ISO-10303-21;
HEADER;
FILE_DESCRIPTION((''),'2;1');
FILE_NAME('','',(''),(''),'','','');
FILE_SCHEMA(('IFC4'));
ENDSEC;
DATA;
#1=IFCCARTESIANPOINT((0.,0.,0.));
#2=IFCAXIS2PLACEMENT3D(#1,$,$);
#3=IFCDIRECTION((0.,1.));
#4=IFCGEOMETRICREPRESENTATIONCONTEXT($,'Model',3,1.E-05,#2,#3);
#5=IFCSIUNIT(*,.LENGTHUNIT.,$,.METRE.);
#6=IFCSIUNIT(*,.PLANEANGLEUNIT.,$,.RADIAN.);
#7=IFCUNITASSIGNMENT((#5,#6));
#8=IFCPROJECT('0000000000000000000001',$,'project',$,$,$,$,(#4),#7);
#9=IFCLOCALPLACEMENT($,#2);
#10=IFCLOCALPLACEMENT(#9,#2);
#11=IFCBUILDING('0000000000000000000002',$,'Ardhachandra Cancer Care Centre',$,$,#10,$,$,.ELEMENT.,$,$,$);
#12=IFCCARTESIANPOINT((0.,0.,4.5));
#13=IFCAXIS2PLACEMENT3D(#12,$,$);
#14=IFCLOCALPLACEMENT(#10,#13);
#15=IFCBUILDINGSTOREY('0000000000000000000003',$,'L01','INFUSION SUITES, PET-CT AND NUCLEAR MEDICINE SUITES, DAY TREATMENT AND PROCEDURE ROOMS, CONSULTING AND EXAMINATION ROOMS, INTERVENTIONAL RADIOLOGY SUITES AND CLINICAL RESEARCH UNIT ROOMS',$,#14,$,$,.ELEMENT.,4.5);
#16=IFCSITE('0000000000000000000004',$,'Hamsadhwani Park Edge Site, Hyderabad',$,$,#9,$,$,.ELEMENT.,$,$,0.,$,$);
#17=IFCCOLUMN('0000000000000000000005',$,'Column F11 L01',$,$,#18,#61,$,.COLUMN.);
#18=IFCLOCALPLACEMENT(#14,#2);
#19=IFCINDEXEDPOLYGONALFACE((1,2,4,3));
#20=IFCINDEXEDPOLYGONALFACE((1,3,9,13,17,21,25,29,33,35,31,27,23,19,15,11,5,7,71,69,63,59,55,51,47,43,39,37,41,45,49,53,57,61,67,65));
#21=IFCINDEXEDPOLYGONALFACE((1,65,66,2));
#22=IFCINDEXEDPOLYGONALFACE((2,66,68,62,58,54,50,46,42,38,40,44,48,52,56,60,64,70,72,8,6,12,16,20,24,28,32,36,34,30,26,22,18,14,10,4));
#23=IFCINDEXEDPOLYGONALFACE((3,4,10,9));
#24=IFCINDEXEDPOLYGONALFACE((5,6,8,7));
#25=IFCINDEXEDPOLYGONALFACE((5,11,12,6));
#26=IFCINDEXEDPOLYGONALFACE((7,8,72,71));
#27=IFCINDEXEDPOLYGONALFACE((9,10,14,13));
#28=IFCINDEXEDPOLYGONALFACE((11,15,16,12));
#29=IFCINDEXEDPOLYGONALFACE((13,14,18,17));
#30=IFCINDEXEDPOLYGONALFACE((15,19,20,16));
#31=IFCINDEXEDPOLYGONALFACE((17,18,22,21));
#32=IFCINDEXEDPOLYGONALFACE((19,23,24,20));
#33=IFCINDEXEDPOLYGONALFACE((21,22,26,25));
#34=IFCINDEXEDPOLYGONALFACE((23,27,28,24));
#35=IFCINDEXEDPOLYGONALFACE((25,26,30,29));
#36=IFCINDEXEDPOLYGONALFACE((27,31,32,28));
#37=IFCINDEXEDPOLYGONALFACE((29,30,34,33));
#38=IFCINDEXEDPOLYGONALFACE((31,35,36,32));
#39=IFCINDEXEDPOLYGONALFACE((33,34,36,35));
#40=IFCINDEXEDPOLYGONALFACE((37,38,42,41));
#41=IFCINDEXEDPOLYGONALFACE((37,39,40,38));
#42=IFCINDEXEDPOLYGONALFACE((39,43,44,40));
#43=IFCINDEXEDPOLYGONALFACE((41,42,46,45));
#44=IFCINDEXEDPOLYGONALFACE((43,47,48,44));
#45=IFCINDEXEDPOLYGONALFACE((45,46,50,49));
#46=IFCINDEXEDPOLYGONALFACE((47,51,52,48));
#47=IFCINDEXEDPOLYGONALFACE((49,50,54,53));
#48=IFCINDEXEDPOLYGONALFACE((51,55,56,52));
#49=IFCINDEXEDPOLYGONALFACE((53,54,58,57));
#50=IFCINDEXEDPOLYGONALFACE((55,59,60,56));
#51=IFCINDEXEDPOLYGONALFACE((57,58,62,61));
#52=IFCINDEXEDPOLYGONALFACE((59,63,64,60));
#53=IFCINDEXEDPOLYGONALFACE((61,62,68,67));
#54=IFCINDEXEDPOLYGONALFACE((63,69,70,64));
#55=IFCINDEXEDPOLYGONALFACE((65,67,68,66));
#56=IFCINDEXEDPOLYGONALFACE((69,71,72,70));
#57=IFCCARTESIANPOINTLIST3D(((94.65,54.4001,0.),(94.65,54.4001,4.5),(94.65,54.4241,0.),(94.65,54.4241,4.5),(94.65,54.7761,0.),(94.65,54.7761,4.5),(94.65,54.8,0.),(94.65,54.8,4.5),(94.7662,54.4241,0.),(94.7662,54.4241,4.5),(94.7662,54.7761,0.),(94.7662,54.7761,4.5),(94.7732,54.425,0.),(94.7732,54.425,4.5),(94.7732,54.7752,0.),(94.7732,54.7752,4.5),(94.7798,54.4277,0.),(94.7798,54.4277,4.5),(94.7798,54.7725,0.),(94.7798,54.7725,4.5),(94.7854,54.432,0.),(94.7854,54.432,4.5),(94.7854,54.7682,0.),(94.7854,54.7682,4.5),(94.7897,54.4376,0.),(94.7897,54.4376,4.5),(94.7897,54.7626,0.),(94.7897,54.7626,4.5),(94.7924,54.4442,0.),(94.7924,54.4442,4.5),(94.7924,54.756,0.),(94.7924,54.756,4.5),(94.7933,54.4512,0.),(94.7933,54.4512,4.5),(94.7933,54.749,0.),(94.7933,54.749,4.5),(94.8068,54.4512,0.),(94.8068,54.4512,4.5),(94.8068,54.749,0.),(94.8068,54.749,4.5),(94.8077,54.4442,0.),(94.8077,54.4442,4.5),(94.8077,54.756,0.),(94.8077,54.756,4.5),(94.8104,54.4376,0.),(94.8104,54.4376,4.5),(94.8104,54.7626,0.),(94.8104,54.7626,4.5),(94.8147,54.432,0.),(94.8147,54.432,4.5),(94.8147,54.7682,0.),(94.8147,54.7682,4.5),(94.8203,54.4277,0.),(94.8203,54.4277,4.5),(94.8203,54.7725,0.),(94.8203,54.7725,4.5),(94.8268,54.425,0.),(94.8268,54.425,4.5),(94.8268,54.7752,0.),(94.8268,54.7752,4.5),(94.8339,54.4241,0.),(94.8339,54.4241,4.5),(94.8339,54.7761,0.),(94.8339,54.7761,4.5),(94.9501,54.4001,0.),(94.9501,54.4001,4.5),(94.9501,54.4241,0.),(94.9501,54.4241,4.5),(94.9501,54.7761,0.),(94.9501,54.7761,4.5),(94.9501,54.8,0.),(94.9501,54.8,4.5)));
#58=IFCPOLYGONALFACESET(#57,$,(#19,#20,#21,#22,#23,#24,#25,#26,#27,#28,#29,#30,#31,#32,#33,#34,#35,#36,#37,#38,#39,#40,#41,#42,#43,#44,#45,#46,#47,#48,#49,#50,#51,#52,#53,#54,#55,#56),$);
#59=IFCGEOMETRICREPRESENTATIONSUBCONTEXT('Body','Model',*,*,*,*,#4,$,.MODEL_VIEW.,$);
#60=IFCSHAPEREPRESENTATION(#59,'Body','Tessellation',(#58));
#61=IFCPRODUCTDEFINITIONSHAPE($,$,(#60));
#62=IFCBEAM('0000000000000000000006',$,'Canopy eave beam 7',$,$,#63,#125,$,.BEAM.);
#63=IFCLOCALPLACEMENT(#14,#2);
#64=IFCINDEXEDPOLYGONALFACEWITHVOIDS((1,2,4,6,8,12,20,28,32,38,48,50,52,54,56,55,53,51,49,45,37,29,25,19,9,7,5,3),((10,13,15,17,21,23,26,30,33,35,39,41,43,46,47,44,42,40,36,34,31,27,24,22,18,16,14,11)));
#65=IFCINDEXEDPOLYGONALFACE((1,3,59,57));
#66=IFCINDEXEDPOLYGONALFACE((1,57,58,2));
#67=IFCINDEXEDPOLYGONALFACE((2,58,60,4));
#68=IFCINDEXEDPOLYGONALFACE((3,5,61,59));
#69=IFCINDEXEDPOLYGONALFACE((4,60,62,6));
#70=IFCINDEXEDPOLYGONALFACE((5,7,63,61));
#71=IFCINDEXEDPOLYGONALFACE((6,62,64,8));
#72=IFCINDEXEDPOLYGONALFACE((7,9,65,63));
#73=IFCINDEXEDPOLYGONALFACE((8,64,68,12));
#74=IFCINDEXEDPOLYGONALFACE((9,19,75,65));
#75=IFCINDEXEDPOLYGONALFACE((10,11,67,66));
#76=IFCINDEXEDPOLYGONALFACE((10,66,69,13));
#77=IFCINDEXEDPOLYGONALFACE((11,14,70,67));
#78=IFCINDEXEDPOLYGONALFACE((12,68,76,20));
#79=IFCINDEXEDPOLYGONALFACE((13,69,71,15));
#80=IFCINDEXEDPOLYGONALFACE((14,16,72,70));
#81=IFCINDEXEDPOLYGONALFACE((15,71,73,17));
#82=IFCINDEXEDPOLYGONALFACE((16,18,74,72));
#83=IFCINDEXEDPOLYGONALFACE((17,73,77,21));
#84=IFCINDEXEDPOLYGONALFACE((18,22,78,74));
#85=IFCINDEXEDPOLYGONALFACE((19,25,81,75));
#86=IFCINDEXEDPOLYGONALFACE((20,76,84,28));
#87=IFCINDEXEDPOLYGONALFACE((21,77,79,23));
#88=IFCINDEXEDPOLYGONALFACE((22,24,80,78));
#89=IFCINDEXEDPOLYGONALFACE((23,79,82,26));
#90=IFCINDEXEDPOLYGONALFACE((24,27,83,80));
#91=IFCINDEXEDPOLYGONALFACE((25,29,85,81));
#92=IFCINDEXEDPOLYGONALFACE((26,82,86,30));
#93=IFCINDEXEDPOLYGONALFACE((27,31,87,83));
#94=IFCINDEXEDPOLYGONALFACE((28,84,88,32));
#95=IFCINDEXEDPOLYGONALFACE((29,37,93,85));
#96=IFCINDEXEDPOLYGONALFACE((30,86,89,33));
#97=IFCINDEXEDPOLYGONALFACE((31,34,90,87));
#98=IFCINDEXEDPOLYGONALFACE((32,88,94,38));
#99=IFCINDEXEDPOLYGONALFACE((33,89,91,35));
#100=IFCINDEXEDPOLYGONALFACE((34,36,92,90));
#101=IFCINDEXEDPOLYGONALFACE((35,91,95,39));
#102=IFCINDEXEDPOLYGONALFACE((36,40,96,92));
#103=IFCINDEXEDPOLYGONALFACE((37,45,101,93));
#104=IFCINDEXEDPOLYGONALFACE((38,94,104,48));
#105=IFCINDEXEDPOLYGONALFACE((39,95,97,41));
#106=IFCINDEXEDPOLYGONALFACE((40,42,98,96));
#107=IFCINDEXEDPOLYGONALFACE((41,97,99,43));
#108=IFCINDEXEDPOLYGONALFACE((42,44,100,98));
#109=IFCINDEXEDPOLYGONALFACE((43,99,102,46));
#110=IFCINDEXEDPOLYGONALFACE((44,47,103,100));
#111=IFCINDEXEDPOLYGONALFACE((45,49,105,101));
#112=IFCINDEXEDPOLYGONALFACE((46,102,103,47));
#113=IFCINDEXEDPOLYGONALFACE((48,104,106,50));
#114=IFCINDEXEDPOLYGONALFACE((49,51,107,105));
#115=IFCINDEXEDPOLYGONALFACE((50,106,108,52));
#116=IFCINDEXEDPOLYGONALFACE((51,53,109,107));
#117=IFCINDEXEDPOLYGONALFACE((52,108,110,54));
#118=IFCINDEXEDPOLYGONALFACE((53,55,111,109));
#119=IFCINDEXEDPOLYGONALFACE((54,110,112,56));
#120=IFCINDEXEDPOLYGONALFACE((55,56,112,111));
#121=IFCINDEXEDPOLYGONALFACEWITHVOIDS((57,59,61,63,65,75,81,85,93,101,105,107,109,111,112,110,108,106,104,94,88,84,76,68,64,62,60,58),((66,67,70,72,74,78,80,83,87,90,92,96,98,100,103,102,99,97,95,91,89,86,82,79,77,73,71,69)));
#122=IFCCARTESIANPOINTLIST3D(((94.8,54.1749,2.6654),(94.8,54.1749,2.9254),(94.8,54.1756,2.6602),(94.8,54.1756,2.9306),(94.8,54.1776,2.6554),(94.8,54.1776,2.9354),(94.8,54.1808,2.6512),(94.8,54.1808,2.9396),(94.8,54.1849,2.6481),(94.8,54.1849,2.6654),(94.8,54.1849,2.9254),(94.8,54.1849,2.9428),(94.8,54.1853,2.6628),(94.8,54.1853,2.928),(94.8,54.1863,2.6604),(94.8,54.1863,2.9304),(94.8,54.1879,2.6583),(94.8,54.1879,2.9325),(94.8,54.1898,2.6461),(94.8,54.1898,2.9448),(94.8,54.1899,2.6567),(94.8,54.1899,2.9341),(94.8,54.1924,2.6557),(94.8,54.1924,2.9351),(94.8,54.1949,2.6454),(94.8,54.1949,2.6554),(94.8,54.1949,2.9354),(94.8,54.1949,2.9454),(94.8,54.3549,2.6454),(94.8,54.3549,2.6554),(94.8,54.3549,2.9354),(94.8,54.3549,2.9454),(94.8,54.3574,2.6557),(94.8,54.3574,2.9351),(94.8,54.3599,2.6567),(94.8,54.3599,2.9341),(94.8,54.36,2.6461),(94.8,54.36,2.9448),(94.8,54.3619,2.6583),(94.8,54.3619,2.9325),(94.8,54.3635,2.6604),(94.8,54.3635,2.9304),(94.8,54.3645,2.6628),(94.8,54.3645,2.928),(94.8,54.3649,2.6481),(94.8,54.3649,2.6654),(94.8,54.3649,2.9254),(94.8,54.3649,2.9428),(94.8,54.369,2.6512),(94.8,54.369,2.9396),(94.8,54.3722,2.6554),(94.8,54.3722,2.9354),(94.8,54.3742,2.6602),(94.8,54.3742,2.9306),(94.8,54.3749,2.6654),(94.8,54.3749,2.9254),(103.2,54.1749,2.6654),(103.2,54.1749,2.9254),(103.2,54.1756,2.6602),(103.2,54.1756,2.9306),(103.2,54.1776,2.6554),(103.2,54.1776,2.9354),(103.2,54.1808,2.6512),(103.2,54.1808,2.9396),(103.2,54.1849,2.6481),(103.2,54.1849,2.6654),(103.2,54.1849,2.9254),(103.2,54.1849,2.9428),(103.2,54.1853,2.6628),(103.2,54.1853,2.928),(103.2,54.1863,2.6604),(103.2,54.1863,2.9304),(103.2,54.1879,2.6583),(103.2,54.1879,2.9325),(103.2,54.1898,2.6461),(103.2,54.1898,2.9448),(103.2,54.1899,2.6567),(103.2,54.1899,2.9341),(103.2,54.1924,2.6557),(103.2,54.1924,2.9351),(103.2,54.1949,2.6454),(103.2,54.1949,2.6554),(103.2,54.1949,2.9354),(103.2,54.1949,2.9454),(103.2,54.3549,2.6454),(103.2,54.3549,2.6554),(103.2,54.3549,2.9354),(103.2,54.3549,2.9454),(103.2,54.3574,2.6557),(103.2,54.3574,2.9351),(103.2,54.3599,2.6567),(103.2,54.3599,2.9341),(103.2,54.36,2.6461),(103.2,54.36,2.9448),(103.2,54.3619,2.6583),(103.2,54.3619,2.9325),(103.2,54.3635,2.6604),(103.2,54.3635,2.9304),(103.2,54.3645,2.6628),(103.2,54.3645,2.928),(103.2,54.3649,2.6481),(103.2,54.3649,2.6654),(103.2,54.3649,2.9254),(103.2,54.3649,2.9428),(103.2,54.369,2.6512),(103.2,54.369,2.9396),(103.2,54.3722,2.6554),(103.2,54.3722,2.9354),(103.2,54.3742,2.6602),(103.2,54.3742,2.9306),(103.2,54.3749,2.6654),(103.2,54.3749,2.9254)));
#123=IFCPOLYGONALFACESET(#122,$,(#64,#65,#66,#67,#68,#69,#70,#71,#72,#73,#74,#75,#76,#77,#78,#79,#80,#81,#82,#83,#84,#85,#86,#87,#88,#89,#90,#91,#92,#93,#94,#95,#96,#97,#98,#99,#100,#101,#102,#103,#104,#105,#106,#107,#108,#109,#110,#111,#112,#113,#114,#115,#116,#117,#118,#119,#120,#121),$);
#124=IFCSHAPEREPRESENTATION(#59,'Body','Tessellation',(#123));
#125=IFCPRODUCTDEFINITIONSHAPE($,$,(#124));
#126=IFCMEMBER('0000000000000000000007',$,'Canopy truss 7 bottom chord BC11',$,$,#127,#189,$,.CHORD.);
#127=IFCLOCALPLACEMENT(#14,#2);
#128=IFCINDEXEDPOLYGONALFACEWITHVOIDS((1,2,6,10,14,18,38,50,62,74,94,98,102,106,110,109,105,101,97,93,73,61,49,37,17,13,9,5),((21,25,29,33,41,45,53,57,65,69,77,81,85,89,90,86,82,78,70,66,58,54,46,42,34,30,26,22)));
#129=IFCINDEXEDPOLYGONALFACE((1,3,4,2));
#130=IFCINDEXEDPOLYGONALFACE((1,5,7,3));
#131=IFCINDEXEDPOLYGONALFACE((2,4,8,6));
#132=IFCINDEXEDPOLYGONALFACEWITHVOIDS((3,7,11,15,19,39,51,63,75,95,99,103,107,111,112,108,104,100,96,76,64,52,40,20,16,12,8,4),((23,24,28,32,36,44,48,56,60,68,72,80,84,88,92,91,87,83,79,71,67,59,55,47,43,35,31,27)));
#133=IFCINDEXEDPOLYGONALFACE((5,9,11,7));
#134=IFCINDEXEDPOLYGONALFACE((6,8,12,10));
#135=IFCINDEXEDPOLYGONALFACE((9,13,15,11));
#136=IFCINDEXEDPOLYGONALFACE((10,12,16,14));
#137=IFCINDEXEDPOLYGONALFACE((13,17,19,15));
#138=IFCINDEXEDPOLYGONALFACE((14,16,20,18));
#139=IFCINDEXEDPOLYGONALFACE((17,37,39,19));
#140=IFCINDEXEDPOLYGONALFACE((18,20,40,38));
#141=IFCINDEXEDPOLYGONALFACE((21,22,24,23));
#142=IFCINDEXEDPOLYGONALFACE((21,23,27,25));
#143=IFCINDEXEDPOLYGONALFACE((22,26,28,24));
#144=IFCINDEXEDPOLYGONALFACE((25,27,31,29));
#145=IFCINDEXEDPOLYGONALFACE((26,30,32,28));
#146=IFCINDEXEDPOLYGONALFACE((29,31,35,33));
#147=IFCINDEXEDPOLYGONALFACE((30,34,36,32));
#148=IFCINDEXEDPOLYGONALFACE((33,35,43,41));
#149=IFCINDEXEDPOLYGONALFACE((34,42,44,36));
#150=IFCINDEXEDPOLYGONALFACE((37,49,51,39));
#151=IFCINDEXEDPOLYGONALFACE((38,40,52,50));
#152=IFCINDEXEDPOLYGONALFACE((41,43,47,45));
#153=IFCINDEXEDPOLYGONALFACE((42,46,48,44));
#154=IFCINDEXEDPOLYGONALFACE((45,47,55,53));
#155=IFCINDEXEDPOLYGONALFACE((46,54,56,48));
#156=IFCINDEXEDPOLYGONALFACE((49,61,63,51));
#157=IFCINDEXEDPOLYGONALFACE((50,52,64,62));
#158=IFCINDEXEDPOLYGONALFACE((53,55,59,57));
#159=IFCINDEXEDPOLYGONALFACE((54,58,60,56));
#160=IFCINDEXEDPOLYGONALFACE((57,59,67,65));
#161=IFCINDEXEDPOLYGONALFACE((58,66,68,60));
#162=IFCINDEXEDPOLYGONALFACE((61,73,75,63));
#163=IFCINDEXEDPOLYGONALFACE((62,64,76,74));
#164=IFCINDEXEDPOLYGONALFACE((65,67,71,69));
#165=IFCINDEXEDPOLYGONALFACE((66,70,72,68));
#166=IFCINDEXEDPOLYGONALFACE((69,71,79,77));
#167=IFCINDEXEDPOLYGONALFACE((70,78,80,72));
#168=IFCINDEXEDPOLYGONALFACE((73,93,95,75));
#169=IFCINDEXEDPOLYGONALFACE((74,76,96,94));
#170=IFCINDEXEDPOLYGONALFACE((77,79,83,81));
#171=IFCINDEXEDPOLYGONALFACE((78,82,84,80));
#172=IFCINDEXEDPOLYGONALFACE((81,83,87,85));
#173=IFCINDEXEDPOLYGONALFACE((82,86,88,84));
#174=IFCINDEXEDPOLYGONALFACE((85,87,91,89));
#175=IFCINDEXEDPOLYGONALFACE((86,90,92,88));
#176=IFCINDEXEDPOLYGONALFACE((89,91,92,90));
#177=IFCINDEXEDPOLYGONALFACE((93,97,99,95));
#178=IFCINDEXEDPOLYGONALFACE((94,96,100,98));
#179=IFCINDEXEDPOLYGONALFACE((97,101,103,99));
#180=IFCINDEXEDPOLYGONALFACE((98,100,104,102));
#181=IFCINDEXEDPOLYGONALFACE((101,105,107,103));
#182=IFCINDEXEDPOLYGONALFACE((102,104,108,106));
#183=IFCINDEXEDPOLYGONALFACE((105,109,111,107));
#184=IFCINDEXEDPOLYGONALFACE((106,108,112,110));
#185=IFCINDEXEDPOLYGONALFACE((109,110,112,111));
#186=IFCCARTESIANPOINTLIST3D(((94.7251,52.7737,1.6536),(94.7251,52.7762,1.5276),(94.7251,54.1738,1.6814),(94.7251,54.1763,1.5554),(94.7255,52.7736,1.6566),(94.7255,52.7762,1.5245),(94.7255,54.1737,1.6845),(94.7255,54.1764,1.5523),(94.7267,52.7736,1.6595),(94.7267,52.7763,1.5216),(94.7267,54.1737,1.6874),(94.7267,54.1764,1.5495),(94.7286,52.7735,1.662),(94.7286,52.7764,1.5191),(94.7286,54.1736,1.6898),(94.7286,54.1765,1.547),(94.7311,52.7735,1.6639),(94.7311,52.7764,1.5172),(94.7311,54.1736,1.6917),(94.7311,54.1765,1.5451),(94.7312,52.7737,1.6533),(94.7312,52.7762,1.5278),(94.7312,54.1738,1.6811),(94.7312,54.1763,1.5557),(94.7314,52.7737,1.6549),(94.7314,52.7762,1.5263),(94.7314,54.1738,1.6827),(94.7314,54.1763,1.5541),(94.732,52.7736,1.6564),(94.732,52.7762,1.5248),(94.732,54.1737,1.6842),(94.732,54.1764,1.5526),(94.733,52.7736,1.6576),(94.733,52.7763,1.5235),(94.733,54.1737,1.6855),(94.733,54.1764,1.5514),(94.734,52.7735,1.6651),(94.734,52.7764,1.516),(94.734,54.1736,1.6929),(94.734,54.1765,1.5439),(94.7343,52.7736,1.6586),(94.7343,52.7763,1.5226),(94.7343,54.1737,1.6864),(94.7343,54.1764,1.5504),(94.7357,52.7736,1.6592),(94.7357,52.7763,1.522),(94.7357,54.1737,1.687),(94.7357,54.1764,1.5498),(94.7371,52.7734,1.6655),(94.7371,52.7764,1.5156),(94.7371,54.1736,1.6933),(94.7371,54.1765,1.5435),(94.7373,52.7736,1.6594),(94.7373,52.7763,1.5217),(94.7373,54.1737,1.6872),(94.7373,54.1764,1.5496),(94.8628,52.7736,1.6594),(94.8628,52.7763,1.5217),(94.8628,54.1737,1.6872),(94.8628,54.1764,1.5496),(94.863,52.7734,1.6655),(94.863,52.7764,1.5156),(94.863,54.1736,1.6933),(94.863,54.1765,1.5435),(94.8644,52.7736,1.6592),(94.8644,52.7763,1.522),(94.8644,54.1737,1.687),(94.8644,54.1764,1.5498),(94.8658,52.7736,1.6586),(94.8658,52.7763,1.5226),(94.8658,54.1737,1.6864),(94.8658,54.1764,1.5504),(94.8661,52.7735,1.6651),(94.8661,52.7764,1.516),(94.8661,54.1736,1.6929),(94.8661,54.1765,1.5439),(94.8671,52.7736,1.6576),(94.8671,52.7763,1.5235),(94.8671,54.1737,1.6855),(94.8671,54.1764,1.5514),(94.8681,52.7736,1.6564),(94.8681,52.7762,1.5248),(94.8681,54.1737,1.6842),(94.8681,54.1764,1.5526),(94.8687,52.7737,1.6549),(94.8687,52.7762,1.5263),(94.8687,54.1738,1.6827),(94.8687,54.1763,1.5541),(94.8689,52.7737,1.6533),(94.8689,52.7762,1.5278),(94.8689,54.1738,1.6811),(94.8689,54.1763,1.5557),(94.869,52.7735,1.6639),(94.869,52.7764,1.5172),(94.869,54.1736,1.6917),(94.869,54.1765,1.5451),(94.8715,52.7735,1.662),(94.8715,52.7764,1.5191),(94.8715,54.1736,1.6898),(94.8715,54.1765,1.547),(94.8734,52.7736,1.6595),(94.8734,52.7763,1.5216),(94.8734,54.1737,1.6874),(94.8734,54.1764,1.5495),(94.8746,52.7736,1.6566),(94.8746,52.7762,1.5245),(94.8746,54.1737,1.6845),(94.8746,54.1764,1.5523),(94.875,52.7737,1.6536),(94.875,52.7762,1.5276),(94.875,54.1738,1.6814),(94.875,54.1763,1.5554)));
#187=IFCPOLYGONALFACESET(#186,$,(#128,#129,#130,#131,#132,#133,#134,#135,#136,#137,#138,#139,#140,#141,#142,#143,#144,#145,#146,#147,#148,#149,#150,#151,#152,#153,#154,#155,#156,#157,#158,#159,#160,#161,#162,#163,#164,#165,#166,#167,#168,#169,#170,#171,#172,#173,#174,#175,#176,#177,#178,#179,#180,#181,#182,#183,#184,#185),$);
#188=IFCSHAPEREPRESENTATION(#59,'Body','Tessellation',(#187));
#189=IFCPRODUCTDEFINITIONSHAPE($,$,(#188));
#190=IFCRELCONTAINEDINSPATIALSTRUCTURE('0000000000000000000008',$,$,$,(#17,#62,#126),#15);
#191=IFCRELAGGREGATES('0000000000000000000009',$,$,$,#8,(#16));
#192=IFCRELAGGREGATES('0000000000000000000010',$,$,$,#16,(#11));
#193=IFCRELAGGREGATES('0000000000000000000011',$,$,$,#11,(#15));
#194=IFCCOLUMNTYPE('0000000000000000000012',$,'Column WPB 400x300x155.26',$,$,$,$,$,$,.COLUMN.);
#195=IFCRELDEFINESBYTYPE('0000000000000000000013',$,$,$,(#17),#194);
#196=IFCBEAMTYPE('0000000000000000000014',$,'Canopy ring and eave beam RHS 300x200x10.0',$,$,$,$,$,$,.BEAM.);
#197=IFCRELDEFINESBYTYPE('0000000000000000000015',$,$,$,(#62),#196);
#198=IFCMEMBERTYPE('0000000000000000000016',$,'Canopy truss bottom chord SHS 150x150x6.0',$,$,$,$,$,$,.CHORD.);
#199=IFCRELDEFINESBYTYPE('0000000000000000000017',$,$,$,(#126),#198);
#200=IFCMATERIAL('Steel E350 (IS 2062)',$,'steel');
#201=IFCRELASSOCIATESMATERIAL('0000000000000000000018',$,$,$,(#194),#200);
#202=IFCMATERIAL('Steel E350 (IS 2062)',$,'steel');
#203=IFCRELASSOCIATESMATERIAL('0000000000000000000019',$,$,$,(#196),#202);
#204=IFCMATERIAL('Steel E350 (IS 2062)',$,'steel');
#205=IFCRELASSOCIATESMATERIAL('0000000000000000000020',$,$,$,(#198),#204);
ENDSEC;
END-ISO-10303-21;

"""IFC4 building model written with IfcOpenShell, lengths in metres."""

from ifc_helpers import new_model, si_unit, direction, frame, origin, origin_2d, place, context, subcontext, project, spatial, hollow_rectangle, i_section, extrude, material, material_profile, profile_set, type_object, element, save


model = new_model("IFC4")

# Units and contexts
model_context = context("Model", 3, precision=1e-05, world=origin(), true_north=direction((0.0, 1.0)))
body_context = subcontext(model_context, "Body", "Model", "MODEL_VIEW")
ifc_project = project(units=[si_unit("LENGTHUNIT", "METRE"), si_unit("PLANEANGLEUNIT", "RADIAN")], contexts=[model_context])

# Site, building, storey
site_placement = place(None, origin())
site = spatial("IfcSite", under=ifc_project, at=site_placement, Name="Hamsadhwani Park Edge Site, Hyderabad", CompositionType="ELEMENT", RefElevation=0.0)
building_placement = place(site_placement, origin())
building = spatial("IfcBuilding", under=site, at=building_placement, Name="Ardhachandra Cancer Care Centre", CompositionType="ELEMENT")
storey_placement = place(building_placement, frame((0.0, 0.0, 4.5)))
storey = spatial("IfcBuildingStorey", under=building, at=storey_placement, Name="L01", Description="INFUSION SUITES, PET-CT AND NUCLEAR MEDICINE SUITES, DAY TREATMENT AND PROCEDURE ROOMS, CONSULTING AND EXAMINATION ROOMS, INTERVENTIONAL RADIOLOGY SUITES AND CLINICAL RESEARCH UNIT ROOMS", CompositionType="ELEMENT", Elevation=4.5)

# Column
ifc_material_1 = material(Name="Steel E350 (IS 2062)", Category="steel")
ifc_material_profile_1 = material_profile(ifc_material_1, i_section(OverallWidth=0.3, OverallDepth=0.3999, WebThickness=0.0134, FlangeThickness=0.0239, FilletRadius=0.0271, at=origin_2d()), Name="WPB 400x300x155.26")
ifc_profile_set_1 = profile_set([ifc_material_profile_1], Name="Steel E350 (IS 2062)")
column_type = type_object("IfcColumnType", Name="Column WPB 400x300x155.26", PredefinedType="COLUMN", material=ifc_profile_set_1)
column_placement = place(storey_placement, frame((94.8, 54.6001, 0.0), z_axis=(0.0, 0.0, 1.0), x_axis=(1.0, 0.0, 0.0)))
element("IfcColumn", 1, at=column_placement, inside=storey, type_object=column_type, Name="Column F11 L01", PredefinedType="COLUMN", context=body_context, shape_type="SweptSolid", body=[
    extrude(i_section(OverallWidth=0.3, OverallDepth=0.3999, WebThickness=0.0134, FlangeThickness=0.0239, FilletRadius=0.0271, at=origin_2d()), origin(), (0.0, 0.0, 1.0), 4.5),
])

# Beam
ifc_material_2 = material(Name="Steel E350 (IS 2062)", Category="steel")
ifc_material_profile_2 = material_profile(ifc_material_2, hollow_rectangle(XDim=0.2, YDim=0.3, WallThickness=0.01, InnerFilletRadius=0.01, OuterFilletRadius=0.02, at=origin_2d()), Name="RHS 300x200x10.0")
ifc_profile_set_2 = profile_set([ifc_material_profile_2], Name="Steel E350 (IS 2062)")
beam_type = type_object("IfcBeamType", Name="Canopy ring and eave beam RHS 300x200x10.0", PredefinedType="BEAM", material=ifc_profile_set_2)
beam_placement = place(storey_placement, frame((94.8, 54.2749, 2.7954), z_axis=(1.0, 0.0, 0.0), x_axis=(0.0, 1.0, 0.0)))
element("IfcBeam", 2, at=beam_placement, inside=storey, type_object=beam_type, Name="Canopy eave beam 7", PredefinedType="BEAM", context=body_context, shape_type="SweptSolid", body=[
    extrude(hollow_rectangle(XDim=0.2, YDim=0.3, WallThickness=0.01, InnerFilletRadius=0.01, OuterFilletRadius=0.02, at=origin_2d()), origin(), (0.0, 0.0, 1.0), 8.3999),
])

# Member
ifc_material_3 = material(Name="Steel E350 (IS 2062)", Category="steel")
ifc_material_profile_3 = material_profile(ifc_material_3, hollow_rectangle(XDim=0.1499, YDim=0.1499, WallThickness=0.0061, InnerFilletRadius=0.0061, OuterFilletRadius=0.012, at=origin_2d()), Name="SHS 150x150x6.0")
ifc_profile_set_3 = profile_set([ifc_material_profile_3], Name="Steel E350 (IS 2062)")
member_type_1 = type_object("IfcMemberType", Name="Canopy truss bottom chord SHS 150x150x6.0", PredefinedType="CHORD", material=ifc_profile_set_3)
member_1_placement = place(storey_placement, frame((94.8, 54.175, 1.6184), z_axis=(0.0, -0.999802, -0.019874), x_axis=(1.0, 0.0, 0.0)))
element("IfcMember", 3, at=member_1_placement, inside=storey, type_object=member_type_1, Name="Canopy truss 7 bottom chord BC11", PredefinedType="CHORD", context=body_context, shape_type="SweptSolid", body=[
    extrude(hollow_rectangle(XDim=0.1499, YDim=0.1499, WallThickness=0.0061, InnerFilletRadius=0.0061, OuterFilletRadius=0.012, at=origin_2d()), origin(), (0.0, 0.0, 1.0), 1.4004),
])

save(model, "model.ifc")
